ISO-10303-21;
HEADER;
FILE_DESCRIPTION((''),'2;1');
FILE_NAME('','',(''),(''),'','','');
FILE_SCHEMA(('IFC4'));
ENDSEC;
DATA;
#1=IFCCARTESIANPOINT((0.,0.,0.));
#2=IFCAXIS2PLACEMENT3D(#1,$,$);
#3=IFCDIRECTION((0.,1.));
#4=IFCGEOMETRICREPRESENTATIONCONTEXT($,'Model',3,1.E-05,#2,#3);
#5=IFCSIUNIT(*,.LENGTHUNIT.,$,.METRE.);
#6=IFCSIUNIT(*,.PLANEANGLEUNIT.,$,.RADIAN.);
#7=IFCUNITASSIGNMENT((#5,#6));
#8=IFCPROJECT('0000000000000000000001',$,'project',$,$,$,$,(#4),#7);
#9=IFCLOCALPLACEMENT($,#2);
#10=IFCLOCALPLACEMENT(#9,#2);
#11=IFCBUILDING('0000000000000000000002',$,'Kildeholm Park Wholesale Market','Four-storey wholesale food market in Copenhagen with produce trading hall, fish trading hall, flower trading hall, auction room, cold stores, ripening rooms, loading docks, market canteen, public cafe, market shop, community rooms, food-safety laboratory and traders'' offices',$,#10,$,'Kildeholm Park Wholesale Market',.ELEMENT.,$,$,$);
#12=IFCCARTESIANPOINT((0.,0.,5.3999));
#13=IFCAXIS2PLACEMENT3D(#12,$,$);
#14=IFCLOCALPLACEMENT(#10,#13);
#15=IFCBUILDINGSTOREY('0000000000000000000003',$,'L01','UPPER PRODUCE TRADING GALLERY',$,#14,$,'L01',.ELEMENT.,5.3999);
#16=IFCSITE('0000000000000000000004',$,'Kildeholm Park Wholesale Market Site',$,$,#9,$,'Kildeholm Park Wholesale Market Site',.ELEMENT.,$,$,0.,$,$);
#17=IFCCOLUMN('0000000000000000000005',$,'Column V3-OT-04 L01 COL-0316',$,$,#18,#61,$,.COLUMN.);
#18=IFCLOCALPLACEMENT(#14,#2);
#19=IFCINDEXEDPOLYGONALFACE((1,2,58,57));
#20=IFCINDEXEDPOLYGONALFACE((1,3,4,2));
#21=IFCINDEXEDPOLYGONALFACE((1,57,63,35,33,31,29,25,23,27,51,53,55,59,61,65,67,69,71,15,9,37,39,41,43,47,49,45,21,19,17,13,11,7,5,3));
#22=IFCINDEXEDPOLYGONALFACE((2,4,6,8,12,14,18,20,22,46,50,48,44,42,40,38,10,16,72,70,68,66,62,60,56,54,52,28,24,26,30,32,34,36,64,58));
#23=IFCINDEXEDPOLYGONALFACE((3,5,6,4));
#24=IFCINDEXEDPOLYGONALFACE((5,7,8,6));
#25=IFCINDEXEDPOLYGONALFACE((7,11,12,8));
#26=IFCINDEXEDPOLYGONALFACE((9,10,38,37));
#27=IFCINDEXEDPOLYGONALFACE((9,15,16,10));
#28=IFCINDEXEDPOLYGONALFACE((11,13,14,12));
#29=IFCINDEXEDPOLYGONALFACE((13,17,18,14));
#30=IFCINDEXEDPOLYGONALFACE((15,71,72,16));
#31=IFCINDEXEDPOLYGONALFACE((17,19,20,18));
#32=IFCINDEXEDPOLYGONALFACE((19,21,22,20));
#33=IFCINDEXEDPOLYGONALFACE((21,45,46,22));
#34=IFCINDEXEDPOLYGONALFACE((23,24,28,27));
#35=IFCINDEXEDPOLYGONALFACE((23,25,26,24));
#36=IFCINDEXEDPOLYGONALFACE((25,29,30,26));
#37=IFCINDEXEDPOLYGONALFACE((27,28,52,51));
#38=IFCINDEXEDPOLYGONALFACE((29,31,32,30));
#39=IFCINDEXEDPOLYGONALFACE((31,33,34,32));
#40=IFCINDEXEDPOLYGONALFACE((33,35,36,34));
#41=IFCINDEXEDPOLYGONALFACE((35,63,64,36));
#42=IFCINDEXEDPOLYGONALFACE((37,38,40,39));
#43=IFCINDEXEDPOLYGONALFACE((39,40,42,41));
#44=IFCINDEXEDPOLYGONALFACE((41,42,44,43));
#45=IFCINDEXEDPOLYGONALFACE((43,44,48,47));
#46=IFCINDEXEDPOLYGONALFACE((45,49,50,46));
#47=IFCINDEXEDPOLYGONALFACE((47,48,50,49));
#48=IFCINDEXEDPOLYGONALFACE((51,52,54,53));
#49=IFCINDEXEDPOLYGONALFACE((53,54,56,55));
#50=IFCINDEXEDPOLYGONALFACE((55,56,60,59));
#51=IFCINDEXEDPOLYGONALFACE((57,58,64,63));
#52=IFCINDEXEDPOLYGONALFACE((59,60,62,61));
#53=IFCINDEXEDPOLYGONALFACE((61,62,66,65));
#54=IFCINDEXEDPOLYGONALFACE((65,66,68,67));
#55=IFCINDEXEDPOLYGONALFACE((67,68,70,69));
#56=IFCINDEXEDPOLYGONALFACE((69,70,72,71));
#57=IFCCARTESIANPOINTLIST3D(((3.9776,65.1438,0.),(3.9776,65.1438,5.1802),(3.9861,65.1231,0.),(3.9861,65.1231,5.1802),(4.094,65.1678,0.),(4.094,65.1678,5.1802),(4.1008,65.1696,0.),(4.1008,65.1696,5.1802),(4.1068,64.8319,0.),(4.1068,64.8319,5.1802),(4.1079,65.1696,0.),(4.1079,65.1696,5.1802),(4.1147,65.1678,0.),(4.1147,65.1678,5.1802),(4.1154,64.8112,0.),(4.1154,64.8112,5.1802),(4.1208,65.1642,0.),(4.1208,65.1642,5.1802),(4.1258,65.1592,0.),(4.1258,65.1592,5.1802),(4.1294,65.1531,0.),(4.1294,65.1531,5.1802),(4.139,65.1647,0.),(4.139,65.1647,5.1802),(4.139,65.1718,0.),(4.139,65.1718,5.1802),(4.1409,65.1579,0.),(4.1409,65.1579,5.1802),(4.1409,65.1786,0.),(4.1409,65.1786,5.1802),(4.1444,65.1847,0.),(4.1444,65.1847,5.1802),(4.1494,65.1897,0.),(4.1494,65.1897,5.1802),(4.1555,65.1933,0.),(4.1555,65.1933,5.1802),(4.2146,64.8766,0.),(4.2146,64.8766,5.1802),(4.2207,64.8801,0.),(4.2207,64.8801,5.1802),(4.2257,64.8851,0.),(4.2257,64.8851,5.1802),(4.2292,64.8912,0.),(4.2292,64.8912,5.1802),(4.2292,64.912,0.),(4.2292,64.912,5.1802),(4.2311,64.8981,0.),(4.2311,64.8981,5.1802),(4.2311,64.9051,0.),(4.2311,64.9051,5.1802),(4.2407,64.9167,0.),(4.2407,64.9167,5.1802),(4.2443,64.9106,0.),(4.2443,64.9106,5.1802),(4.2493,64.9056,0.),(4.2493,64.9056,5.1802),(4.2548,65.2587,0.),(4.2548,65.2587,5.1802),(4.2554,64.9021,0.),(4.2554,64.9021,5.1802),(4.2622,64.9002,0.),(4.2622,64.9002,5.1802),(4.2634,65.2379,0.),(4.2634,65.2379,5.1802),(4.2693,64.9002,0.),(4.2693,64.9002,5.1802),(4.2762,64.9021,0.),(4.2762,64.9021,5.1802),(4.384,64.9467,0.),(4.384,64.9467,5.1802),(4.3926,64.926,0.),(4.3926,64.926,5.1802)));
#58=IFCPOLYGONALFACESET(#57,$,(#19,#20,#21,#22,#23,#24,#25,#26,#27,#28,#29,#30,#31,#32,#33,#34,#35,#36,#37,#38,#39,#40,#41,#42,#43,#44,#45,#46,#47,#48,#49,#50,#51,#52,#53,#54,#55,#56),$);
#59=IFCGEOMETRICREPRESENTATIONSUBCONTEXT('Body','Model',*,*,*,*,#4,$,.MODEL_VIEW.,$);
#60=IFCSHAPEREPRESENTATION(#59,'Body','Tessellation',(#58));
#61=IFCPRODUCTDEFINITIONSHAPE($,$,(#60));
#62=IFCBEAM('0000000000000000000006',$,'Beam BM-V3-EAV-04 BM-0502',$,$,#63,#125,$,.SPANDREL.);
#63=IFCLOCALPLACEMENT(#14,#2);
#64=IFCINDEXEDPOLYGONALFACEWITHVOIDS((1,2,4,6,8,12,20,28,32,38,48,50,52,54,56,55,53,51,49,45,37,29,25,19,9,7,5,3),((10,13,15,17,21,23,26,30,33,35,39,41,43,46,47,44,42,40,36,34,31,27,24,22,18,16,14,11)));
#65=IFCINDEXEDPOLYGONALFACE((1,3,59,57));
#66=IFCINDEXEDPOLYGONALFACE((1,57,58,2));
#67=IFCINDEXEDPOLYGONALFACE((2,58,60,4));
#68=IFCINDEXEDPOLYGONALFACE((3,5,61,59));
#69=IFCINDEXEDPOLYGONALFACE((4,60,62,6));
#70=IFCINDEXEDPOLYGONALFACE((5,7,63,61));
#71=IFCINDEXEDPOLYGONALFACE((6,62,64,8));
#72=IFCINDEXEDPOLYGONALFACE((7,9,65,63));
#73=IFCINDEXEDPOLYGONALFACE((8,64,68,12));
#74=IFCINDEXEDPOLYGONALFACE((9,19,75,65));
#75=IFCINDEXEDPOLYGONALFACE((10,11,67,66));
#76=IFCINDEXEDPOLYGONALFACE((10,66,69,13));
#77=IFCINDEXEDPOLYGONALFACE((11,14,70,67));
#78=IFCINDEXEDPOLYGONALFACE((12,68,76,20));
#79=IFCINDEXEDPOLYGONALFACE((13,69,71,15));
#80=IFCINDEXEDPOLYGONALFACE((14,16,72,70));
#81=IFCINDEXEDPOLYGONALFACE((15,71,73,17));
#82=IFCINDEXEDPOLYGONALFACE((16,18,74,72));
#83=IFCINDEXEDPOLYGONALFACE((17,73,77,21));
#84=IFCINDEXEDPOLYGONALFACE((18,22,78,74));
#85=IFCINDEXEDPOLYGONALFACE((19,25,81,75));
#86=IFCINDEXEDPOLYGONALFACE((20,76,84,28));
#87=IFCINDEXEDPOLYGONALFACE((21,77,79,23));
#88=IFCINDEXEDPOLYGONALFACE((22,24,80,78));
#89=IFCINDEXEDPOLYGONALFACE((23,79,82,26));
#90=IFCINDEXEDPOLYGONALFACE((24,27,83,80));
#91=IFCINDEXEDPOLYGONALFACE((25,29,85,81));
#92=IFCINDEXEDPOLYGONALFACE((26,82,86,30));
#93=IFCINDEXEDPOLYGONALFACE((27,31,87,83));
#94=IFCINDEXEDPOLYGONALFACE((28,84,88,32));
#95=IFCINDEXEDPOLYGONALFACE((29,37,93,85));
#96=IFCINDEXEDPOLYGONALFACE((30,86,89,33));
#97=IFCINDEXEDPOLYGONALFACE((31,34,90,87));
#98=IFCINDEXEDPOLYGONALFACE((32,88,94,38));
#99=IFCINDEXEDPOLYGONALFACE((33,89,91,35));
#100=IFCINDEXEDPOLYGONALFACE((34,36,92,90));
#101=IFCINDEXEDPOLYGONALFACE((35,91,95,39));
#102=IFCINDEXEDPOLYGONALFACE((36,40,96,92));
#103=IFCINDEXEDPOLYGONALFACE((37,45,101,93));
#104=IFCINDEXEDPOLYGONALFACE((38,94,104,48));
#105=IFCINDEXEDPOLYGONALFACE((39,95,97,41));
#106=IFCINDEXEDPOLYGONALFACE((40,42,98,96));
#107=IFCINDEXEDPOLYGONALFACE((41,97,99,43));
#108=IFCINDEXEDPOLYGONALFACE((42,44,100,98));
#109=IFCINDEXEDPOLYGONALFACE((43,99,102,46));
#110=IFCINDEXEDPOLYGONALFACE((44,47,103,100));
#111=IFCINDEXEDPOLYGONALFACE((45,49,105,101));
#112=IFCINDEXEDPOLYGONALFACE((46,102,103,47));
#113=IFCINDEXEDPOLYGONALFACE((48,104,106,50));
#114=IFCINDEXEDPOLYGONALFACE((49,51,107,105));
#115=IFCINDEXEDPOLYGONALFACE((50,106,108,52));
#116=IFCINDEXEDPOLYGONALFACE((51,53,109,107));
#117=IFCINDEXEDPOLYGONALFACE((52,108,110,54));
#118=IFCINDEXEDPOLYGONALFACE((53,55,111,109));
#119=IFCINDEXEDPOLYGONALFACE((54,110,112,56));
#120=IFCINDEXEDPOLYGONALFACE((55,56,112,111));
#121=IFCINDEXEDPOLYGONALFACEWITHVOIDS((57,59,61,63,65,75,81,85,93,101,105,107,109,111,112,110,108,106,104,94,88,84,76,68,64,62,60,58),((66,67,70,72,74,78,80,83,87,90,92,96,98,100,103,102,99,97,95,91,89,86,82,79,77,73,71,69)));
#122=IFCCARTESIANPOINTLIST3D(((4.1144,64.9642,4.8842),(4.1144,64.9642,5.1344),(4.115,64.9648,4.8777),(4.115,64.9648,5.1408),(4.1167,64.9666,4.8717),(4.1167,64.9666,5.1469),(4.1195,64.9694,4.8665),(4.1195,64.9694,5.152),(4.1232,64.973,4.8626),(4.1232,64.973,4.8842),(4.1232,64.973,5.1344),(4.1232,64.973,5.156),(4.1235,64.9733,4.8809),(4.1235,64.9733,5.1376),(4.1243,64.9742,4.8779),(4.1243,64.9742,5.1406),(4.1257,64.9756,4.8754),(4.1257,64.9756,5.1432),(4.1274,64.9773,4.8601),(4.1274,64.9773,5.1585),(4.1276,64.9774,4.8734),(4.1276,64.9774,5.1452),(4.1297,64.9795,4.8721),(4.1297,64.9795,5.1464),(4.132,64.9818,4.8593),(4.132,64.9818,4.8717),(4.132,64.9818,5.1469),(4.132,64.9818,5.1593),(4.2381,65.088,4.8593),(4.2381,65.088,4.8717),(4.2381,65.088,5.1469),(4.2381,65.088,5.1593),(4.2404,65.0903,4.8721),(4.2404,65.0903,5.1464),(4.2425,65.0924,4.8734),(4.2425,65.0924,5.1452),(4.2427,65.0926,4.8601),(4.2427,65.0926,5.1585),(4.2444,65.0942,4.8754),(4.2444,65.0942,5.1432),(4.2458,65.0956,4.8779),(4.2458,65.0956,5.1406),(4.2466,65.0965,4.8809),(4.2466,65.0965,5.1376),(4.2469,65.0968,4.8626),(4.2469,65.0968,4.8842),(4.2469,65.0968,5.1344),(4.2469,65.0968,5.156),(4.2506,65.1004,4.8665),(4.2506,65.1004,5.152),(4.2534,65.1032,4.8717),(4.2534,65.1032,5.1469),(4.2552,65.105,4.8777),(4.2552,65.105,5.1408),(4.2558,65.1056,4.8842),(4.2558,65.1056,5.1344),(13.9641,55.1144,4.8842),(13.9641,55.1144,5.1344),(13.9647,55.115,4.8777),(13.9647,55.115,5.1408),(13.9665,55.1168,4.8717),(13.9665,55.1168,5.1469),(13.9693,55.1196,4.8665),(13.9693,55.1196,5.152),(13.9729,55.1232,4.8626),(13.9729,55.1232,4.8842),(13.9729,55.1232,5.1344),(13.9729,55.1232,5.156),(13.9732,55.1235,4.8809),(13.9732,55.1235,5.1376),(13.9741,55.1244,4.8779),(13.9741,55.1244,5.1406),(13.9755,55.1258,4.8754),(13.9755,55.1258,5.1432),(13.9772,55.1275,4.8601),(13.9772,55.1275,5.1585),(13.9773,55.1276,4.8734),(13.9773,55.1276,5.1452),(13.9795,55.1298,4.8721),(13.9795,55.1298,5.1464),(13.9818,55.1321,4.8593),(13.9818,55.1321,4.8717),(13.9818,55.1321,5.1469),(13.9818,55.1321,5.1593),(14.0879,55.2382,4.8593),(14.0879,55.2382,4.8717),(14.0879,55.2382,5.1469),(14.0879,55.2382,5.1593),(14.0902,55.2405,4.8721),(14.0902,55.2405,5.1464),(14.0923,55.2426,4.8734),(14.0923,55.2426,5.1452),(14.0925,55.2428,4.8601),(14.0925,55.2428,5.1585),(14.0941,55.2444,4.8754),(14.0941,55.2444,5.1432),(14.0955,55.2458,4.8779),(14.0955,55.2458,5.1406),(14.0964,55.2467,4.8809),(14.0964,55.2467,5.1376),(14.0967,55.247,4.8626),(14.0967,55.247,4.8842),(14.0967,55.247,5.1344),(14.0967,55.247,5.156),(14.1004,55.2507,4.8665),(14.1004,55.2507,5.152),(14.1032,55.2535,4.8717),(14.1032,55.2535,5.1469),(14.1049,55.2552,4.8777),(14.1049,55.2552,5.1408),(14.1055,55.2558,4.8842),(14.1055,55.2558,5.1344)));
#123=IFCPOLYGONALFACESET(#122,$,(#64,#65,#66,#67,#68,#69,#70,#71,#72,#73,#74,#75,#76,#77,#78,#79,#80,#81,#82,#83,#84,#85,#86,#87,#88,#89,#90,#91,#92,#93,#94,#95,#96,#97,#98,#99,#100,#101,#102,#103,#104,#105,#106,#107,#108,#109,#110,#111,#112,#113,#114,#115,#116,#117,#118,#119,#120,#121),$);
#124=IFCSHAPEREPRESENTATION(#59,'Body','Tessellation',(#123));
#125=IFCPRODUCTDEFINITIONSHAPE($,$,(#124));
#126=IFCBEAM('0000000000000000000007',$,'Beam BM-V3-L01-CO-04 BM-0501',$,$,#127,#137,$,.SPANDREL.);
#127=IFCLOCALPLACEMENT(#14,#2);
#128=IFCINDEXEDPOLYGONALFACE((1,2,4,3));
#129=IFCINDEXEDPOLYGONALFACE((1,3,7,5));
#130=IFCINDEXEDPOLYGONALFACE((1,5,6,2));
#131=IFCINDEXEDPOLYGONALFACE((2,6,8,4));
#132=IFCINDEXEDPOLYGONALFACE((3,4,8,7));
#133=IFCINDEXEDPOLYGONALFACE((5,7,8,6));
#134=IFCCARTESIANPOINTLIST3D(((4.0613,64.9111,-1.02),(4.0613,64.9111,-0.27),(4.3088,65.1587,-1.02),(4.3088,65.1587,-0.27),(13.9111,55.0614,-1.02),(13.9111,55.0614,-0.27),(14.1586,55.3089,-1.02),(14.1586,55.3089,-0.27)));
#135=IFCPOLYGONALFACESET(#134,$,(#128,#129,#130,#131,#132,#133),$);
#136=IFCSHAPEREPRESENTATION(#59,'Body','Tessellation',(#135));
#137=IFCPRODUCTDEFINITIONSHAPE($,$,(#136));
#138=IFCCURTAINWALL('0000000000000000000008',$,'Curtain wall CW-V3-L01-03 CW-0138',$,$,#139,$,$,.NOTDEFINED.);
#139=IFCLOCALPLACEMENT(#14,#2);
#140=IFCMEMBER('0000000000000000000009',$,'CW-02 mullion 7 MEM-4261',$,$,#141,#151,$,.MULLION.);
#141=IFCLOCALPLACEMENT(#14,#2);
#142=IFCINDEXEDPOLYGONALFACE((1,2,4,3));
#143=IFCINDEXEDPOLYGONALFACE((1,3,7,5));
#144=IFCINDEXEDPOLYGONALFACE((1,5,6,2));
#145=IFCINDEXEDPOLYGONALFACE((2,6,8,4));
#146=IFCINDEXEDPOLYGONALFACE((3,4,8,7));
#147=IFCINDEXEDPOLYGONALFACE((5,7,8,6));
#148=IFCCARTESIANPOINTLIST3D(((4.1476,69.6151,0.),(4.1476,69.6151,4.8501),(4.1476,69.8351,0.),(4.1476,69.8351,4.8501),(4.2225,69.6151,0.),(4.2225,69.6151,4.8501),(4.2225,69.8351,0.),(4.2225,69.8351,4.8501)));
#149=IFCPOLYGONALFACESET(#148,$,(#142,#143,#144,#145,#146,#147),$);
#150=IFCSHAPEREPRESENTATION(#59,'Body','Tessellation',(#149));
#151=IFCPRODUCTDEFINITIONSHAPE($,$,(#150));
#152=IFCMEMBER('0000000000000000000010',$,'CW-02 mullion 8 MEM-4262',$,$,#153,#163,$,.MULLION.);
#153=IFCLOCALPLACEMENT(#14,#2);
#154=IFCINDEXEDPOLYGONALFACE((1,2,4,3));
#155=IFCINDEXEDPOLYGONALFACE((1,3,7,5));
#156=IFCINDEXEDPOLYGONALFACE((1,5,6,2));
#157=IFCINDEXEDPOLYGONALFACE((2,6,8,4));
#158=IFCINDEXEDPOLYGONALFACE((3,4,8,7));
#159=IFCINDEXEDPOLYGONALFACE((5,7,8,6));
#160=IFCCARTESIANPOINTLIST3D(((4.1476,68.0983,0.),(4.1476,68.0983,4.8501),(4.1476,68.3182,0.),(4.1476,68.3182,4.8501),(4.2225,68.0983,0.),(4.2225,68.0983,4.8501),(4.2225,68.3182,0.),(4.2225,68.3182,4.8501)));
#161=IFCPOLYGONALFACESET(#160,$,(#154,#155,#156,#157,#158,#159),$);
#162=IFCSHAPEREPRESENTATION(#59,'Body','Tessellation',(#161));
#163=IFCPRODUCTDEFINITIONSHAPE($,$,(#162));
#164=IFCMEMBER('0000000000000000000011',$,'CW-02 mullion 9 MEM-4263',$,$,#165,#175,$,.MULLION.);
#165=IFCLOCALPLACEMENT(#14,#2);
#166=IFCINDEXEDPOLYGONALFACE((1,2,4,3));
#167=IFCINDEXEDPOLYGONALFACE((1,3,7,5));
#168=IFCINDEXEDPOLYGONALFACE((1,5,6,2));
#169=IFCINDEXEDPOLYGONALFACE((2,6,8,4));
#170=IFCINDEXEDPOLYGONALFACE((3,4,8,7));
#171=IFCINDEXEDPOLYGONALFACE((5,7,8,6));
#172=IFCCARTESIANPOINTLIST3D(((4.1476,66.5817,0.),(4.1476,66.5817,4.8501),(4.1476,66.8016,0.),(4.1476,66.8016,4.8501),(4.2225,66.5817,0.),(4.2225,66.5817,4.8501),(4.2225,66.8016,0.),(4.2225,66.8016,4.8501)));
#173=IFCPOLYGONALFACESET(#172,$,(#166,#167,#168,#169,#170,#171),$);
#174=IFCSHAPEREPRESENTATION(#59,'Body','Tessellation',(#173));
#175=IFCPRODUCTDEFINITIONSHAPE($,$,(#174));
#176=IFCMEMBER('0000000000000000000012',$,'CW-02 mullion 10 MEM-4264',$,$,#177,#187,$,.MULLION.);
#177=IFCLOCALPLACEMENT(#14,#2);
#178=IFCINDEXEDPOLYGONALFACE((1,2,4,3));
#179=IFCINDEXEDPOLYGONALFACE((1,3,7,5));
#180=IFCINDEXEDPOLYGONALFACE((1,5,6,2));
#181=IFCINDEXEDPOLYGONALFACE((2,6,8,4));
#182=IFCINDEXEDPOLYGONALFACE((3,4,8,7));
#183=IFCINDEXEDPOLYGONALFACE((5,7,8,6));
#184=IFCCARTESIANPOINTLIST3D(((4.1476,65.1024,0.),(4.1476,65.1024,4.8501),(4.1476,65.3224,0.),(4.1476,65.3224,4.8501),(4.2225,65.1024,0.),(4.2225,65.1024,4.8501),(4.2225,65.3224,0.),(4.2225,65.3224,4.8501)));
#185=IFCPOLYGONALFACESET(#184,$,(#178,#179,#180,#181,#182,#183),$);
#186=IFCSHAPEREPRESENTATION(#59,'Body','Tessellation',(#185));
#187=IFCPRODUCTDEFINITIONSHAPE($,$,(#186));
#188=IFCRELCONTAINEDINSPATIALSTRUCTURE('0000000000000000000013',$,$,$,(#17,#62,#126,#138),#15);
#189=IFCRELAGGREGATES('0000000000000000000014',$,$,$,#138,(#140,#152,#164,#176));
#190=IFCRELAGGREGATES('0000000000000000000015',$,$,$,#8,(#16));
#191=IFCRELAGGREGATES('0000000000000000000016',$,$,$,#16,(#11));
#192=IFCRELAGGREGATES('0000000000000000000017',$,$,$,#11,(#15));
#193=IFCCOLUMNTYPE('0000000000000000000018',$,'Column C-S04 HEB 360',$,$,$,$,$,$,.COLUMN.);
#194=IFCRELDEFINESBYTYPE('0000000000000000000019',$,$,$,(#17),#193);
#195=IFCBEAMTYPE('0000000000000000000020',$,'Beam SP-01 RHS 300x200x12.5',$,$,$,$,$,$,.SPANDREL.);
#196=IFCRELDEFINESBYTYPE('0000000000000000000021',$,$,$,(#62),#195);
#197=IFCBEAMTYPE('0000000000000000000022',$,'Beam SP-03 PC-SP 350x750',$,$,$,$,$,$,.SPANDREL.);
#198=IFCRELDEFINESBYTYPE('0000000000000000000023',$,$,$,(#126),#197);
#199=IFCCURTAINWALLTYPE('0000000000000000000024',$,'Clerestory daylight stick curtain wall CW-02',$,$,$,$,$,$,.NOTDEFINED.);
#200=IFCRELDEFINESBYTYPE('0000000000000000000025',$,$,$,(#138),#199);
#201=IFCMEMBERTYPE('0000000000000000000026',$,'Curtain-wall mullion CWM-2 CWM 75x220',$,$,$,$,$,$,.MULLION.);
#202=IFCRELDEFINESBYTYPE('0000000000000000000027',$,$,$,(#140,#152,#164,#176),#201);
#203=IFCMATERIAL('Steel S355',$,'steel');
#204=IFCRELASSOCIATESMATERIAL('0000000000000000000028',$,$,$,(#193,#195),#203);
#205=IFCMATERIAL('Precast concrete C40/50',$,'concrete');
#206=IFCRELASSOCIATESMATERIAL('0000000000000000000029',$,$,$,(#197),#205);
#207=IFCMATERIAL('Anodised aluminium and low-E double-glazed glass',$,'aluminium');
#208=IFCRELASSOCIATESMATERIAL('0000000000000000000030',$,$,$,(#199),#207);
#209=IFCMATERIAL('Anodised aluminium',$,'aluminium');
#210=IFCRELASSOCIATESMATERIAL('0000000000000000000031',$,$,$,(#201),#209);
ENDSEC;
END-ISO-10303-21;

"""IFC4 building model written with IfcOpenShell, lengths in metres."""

from ifc_helpers import new_model, si_unit, direction, frame, origin, origin_2d, place, context, subcontext, project, spatial, rectangle, hollow_rectangle, i_section, extrude, material, material_profile, profile_set, type_object, element, aggregate, save


model = new_model("IFC4")

# Units and contexts
model_context = context("Model", 3, precision=1e-05, world=origin(), true_north=direction((0.0, 1.0)))
body_context = subcontext(model_context, "Body", "Model", "MODEL_VIEW")
ifc_project = project(units=[si_unit("LENGTHUNIT", "METRE"), si_unit("PLANEANGLEUNIT", "RADIAN")], contexts=[model_context])

# Site, building, storey
site_placement = place(None, origin())
site = spatial("IfcSite", under=ifc_project, at=site_placement, Name="Kildeholm Park Wholesale Market Site", LongName="Kildeholm Park Wholesale Market Site", CompositionType="ELEMENT", RefElevation=0.0)
building_placement = place(site_placement, origin())
building = spatial("IfcBuilding", under=site, at=building_placement, Name="Kildeholm Park Wholesale Market", Description="Four-storey wholesale food market in Copenhagen with produce trading hall, fish trading hall, flower trading hall, auction room, cold stores, ripening rooms, loading docks, market canteen, public cafe, market shop, community rooms, food-safety laboratory and traders' offices", LongName="Kildeholm Park Wholesale Market", CompositionType="ELEMENT")
storey_placement = place(building_placement, frame((0.0, 0.0, 5.3999)))
storey = spatial("IfcBuildingStorey", under=building, at=storey_placement, Name="L01", Description="UPPER PRODUCE TRADING GALLERY", LongName="L01", CompositionType="ELEMENT", Elevation=5.3999)

# Column
ifc_material_1 = material(Name="Steel S355", Category="steel")
ifc_material_profile_1 = material_profile(ifc_material_1, i_section(OverallWidth=0.3, OverallDepth=0.3601, WebThickness=0.0125, FlangeThickness=0.0225, FilletRadius=0.0271, at=origin_2d()), Name="HEB 360")
ifc_profile_set_1 = profile_set([ifc_material_profile_1], Name="Steel S355")
column_type = type_object("IfcColumnType", Name="Column C-S04 HEB 360", PredefinedType="COLUMN", material=ifc_profile_set_1)
column_placement = place(storey_placement, frame((4.1851, 65.0349, 0.0), z_axis=(0.0, 0.0, 1.0), x_axis=(-0.92388, -0.382683, 0.0)))
element("IfcColumn", 1, at=column_placement, inside=storey, type_object=column_type, Name="Column V3-OT-04 L01 COL-0316", PredefinedType="COLUMN", context=body_context, shape_type="SweptSolid", body=[
    extrude(i_section(OverallWidth=0.3, OverallDepth=0.3601, WebThickness=0.0125, FlangeThickness=0.0225, FilletRadius=0.0271, at=origin_2d()), origin(), (0.0, 0.0, 1.0), 5.1802),
])

# Beams
ifc_material_profile_2 = material_profile(ifc_material_1, hollow_rectangle(XDim=0.2, YDim=0.3, WallThickness=0.0125, InnerFilletRadius=0.0125, OuterFilletRadius=0.0249, at=origin_2d()), Name="RHS 300x200x12.5")
ifc_profile_set_2 = profile_set([ifc_material_profile_2], Name="Steel S355")
beam_type_1 = type_object("IfcBeamType", Name="Beam SP-01 RHS 300x200x12.5", PredefinedType="SPANDREL", material=ifc_profile_set_2)
beam_1_placement = place(storey_placement, frame((4.1851, 65.0349, 5.0093), z_axis=(0.707107, -0.707107, 0.0), x_axis=(0.707107, 0.707107, 0.0)))
element("IfcBeam", 2, at=beam_1_placement, inside=storey, type_object=beam_type_1, Name="Beam BM-V3-EAV-04 BM-0502", PredefinedType="SPANDREL", context=body_context, shape_type="SweptSolid", body=[
    extrude(hollow_rectangle(XDim=0.2, YDim=0.3, WallThickness=0.0125, InnerFilletRadius=0.0125, OuterFilletRadius=0.0249, at=origin_2d()), origin(), (0.0, 0.0, 1.0), 13.9297),
])
ifc_material_2 = material(Name="Precast concrete C40/50", Category="concrete")
ifc_material_profile_3 = material_profile(ifc_material_2, rectangle(XDim=0.3501, YDim=0.75, at=origin_2d()), Name="PC-SP 350x750")
ifc_profile_set_3 = profile_set([ifc_material_profile_3], Name="Precast concrete C40/50")
beam_type_2 = type_object("IfcBeamType", Name="Beam SP-03 PC-SP 350x750", PredefinedType="SPANDREL", material=ifc_profile_set_3)
beam_2_placement = place(storey_placement, frame((4.1851, 65.0349, -0.645), z_axis=(0.707107, -0.707107, 0.0), x_axis=(0.707107, 0.707107, 0.0)))
element("IfcBeam", 3, at=beam_2_placement, inside=storey, type_object=beam_type_2, Name="Beam BM-V3-L01-CO-04 BM-0501", PredefinedType="SPANDREL", context=body_context, shape_type="SweptSolid", body=[
    extrude(rectangle(XDim=0.3501, YDim=0.75, at=origin_2d()), origin(), (0.0, 0.0, 1.0), 13.9297),
])

# Curtain wall, members
ifc_material_3 = material(Name="Anodised aluminium and low-E double-glazed glass", Category="aluminium")
curtain_wall_type = type_object("IfcCurtainWallType", Name="Clerestory daylight stick curtain wall CW-02", PredefinedType="NOTDEFINED", material=ifc_material_3)
curtain_wall_1_placement = place(storey_placement, origin())
curtain_wall_1 = element("IfcCurtainWall", 4, at=curtain_wall_1_placement, inside=storey, type_object=curtain_wall_type, Name="Curtain wall CW-V3-L01-03 CW-0138", PredefinedType="NOTDEFINED")
ifc_material_4 = material(Name="Anodised aluminium", Category="aluminium")
ifc_material_profile_4 = material_profile(ifc_material_4, rectangle(XDim=0.075, YDim=0.22, at=origin_2d()), Name="CWM 75x220")
ifc_profile_set_4 = profile_set([ifc_material_profile_4], Name="Anodised aluminium")
member_type_1 = type_object("IfcMemberType", Name="Curtain-wall mullion CWM-2 CWM 75x220", PredefinedType="MULLION", material=ifc_profile_set_4)
member_1_placement = place(storey_placement, frame((4.1851, 69.7251, 0.0), z_axis=(0.0, 0.0, 1.0), x_axis=(1.0, 0.0, 0.0)))
member_1 = element("IfcMember", 5, at=member_1_placement, type_object=member_type_1, Name="CW-02 mullion 7 MEM-4261", PredefinedType="MULLION", context=body_context, shape_type="SweptSolid", body=[
    extrude(rectangle(XDim=0.075, YDim=0.22, at=origin_2d()), origin(), (0.0, 0.0, 1.0), 4.8501),
])
member_2_placement = place(storey_placement, frame((4.1851, 68.2083, 0.0), z_axis=(0.0, 0.0, 1.0), x_axis=(1.0, 0.0, 0.0)))
member_2 = element("IfcMember", 6, at=member_2_placement, type_object=member_type_1, Name="CW-02 mullion 8 MEM-4262", PredefinedType="MULLION", context=body_context, shape_type="SweptSolid", body=[
    extrude(rectangle(XDim=0.075, YDim=0.22, at=origin_2d()), origin(), (0.0, 0.0, 1.0), 4.8501),
])
member_3_placement = place(storey_placement, frame((4.1851, 66.6917, 0.0), z_axis=(0.0, 0.0, 1.0), x_axis=(1.0, 0.0, 0.0)))
member_3 = element("IfcMember", 7, at=member_3_placement, type_object=member_type_1, Name="CW-02 mullion 9 MEM-4263", PredefinedType="MULLION", context=body_context, shape_type="SweptSolid", body=[
    extrude(rectangle(XDim=0.075, YDim=0.22, at=origin_2d()), origin(), (0.0, 0.0, 1.0), 4.8501),
])
member_4_placement = place(storey_placement, frame((4.1851, 65.2124, 0.0), z_axis=(0.0, 0.0, 1.0), x_axis=(1.0, 0.0, 0.0)))
member_4 = element("IfcMember", 8, at=member_4_placement, type_object=member_type_1, Name="CW-02 mullion 10 MEM-4264", PredefinedType="MULLION", context=body_context, shape_type="SweptSolid", body=[
    extrude(rectangle(XDim=0.075, YDim=0.22, at=origin_2d()), origin(), (0.0, 0.0, 1.0), 4.8501),
])

aggregate(curtain_wall_1, [member_1, member_2, member_3, member_4])

save(model, "model.ifc")
